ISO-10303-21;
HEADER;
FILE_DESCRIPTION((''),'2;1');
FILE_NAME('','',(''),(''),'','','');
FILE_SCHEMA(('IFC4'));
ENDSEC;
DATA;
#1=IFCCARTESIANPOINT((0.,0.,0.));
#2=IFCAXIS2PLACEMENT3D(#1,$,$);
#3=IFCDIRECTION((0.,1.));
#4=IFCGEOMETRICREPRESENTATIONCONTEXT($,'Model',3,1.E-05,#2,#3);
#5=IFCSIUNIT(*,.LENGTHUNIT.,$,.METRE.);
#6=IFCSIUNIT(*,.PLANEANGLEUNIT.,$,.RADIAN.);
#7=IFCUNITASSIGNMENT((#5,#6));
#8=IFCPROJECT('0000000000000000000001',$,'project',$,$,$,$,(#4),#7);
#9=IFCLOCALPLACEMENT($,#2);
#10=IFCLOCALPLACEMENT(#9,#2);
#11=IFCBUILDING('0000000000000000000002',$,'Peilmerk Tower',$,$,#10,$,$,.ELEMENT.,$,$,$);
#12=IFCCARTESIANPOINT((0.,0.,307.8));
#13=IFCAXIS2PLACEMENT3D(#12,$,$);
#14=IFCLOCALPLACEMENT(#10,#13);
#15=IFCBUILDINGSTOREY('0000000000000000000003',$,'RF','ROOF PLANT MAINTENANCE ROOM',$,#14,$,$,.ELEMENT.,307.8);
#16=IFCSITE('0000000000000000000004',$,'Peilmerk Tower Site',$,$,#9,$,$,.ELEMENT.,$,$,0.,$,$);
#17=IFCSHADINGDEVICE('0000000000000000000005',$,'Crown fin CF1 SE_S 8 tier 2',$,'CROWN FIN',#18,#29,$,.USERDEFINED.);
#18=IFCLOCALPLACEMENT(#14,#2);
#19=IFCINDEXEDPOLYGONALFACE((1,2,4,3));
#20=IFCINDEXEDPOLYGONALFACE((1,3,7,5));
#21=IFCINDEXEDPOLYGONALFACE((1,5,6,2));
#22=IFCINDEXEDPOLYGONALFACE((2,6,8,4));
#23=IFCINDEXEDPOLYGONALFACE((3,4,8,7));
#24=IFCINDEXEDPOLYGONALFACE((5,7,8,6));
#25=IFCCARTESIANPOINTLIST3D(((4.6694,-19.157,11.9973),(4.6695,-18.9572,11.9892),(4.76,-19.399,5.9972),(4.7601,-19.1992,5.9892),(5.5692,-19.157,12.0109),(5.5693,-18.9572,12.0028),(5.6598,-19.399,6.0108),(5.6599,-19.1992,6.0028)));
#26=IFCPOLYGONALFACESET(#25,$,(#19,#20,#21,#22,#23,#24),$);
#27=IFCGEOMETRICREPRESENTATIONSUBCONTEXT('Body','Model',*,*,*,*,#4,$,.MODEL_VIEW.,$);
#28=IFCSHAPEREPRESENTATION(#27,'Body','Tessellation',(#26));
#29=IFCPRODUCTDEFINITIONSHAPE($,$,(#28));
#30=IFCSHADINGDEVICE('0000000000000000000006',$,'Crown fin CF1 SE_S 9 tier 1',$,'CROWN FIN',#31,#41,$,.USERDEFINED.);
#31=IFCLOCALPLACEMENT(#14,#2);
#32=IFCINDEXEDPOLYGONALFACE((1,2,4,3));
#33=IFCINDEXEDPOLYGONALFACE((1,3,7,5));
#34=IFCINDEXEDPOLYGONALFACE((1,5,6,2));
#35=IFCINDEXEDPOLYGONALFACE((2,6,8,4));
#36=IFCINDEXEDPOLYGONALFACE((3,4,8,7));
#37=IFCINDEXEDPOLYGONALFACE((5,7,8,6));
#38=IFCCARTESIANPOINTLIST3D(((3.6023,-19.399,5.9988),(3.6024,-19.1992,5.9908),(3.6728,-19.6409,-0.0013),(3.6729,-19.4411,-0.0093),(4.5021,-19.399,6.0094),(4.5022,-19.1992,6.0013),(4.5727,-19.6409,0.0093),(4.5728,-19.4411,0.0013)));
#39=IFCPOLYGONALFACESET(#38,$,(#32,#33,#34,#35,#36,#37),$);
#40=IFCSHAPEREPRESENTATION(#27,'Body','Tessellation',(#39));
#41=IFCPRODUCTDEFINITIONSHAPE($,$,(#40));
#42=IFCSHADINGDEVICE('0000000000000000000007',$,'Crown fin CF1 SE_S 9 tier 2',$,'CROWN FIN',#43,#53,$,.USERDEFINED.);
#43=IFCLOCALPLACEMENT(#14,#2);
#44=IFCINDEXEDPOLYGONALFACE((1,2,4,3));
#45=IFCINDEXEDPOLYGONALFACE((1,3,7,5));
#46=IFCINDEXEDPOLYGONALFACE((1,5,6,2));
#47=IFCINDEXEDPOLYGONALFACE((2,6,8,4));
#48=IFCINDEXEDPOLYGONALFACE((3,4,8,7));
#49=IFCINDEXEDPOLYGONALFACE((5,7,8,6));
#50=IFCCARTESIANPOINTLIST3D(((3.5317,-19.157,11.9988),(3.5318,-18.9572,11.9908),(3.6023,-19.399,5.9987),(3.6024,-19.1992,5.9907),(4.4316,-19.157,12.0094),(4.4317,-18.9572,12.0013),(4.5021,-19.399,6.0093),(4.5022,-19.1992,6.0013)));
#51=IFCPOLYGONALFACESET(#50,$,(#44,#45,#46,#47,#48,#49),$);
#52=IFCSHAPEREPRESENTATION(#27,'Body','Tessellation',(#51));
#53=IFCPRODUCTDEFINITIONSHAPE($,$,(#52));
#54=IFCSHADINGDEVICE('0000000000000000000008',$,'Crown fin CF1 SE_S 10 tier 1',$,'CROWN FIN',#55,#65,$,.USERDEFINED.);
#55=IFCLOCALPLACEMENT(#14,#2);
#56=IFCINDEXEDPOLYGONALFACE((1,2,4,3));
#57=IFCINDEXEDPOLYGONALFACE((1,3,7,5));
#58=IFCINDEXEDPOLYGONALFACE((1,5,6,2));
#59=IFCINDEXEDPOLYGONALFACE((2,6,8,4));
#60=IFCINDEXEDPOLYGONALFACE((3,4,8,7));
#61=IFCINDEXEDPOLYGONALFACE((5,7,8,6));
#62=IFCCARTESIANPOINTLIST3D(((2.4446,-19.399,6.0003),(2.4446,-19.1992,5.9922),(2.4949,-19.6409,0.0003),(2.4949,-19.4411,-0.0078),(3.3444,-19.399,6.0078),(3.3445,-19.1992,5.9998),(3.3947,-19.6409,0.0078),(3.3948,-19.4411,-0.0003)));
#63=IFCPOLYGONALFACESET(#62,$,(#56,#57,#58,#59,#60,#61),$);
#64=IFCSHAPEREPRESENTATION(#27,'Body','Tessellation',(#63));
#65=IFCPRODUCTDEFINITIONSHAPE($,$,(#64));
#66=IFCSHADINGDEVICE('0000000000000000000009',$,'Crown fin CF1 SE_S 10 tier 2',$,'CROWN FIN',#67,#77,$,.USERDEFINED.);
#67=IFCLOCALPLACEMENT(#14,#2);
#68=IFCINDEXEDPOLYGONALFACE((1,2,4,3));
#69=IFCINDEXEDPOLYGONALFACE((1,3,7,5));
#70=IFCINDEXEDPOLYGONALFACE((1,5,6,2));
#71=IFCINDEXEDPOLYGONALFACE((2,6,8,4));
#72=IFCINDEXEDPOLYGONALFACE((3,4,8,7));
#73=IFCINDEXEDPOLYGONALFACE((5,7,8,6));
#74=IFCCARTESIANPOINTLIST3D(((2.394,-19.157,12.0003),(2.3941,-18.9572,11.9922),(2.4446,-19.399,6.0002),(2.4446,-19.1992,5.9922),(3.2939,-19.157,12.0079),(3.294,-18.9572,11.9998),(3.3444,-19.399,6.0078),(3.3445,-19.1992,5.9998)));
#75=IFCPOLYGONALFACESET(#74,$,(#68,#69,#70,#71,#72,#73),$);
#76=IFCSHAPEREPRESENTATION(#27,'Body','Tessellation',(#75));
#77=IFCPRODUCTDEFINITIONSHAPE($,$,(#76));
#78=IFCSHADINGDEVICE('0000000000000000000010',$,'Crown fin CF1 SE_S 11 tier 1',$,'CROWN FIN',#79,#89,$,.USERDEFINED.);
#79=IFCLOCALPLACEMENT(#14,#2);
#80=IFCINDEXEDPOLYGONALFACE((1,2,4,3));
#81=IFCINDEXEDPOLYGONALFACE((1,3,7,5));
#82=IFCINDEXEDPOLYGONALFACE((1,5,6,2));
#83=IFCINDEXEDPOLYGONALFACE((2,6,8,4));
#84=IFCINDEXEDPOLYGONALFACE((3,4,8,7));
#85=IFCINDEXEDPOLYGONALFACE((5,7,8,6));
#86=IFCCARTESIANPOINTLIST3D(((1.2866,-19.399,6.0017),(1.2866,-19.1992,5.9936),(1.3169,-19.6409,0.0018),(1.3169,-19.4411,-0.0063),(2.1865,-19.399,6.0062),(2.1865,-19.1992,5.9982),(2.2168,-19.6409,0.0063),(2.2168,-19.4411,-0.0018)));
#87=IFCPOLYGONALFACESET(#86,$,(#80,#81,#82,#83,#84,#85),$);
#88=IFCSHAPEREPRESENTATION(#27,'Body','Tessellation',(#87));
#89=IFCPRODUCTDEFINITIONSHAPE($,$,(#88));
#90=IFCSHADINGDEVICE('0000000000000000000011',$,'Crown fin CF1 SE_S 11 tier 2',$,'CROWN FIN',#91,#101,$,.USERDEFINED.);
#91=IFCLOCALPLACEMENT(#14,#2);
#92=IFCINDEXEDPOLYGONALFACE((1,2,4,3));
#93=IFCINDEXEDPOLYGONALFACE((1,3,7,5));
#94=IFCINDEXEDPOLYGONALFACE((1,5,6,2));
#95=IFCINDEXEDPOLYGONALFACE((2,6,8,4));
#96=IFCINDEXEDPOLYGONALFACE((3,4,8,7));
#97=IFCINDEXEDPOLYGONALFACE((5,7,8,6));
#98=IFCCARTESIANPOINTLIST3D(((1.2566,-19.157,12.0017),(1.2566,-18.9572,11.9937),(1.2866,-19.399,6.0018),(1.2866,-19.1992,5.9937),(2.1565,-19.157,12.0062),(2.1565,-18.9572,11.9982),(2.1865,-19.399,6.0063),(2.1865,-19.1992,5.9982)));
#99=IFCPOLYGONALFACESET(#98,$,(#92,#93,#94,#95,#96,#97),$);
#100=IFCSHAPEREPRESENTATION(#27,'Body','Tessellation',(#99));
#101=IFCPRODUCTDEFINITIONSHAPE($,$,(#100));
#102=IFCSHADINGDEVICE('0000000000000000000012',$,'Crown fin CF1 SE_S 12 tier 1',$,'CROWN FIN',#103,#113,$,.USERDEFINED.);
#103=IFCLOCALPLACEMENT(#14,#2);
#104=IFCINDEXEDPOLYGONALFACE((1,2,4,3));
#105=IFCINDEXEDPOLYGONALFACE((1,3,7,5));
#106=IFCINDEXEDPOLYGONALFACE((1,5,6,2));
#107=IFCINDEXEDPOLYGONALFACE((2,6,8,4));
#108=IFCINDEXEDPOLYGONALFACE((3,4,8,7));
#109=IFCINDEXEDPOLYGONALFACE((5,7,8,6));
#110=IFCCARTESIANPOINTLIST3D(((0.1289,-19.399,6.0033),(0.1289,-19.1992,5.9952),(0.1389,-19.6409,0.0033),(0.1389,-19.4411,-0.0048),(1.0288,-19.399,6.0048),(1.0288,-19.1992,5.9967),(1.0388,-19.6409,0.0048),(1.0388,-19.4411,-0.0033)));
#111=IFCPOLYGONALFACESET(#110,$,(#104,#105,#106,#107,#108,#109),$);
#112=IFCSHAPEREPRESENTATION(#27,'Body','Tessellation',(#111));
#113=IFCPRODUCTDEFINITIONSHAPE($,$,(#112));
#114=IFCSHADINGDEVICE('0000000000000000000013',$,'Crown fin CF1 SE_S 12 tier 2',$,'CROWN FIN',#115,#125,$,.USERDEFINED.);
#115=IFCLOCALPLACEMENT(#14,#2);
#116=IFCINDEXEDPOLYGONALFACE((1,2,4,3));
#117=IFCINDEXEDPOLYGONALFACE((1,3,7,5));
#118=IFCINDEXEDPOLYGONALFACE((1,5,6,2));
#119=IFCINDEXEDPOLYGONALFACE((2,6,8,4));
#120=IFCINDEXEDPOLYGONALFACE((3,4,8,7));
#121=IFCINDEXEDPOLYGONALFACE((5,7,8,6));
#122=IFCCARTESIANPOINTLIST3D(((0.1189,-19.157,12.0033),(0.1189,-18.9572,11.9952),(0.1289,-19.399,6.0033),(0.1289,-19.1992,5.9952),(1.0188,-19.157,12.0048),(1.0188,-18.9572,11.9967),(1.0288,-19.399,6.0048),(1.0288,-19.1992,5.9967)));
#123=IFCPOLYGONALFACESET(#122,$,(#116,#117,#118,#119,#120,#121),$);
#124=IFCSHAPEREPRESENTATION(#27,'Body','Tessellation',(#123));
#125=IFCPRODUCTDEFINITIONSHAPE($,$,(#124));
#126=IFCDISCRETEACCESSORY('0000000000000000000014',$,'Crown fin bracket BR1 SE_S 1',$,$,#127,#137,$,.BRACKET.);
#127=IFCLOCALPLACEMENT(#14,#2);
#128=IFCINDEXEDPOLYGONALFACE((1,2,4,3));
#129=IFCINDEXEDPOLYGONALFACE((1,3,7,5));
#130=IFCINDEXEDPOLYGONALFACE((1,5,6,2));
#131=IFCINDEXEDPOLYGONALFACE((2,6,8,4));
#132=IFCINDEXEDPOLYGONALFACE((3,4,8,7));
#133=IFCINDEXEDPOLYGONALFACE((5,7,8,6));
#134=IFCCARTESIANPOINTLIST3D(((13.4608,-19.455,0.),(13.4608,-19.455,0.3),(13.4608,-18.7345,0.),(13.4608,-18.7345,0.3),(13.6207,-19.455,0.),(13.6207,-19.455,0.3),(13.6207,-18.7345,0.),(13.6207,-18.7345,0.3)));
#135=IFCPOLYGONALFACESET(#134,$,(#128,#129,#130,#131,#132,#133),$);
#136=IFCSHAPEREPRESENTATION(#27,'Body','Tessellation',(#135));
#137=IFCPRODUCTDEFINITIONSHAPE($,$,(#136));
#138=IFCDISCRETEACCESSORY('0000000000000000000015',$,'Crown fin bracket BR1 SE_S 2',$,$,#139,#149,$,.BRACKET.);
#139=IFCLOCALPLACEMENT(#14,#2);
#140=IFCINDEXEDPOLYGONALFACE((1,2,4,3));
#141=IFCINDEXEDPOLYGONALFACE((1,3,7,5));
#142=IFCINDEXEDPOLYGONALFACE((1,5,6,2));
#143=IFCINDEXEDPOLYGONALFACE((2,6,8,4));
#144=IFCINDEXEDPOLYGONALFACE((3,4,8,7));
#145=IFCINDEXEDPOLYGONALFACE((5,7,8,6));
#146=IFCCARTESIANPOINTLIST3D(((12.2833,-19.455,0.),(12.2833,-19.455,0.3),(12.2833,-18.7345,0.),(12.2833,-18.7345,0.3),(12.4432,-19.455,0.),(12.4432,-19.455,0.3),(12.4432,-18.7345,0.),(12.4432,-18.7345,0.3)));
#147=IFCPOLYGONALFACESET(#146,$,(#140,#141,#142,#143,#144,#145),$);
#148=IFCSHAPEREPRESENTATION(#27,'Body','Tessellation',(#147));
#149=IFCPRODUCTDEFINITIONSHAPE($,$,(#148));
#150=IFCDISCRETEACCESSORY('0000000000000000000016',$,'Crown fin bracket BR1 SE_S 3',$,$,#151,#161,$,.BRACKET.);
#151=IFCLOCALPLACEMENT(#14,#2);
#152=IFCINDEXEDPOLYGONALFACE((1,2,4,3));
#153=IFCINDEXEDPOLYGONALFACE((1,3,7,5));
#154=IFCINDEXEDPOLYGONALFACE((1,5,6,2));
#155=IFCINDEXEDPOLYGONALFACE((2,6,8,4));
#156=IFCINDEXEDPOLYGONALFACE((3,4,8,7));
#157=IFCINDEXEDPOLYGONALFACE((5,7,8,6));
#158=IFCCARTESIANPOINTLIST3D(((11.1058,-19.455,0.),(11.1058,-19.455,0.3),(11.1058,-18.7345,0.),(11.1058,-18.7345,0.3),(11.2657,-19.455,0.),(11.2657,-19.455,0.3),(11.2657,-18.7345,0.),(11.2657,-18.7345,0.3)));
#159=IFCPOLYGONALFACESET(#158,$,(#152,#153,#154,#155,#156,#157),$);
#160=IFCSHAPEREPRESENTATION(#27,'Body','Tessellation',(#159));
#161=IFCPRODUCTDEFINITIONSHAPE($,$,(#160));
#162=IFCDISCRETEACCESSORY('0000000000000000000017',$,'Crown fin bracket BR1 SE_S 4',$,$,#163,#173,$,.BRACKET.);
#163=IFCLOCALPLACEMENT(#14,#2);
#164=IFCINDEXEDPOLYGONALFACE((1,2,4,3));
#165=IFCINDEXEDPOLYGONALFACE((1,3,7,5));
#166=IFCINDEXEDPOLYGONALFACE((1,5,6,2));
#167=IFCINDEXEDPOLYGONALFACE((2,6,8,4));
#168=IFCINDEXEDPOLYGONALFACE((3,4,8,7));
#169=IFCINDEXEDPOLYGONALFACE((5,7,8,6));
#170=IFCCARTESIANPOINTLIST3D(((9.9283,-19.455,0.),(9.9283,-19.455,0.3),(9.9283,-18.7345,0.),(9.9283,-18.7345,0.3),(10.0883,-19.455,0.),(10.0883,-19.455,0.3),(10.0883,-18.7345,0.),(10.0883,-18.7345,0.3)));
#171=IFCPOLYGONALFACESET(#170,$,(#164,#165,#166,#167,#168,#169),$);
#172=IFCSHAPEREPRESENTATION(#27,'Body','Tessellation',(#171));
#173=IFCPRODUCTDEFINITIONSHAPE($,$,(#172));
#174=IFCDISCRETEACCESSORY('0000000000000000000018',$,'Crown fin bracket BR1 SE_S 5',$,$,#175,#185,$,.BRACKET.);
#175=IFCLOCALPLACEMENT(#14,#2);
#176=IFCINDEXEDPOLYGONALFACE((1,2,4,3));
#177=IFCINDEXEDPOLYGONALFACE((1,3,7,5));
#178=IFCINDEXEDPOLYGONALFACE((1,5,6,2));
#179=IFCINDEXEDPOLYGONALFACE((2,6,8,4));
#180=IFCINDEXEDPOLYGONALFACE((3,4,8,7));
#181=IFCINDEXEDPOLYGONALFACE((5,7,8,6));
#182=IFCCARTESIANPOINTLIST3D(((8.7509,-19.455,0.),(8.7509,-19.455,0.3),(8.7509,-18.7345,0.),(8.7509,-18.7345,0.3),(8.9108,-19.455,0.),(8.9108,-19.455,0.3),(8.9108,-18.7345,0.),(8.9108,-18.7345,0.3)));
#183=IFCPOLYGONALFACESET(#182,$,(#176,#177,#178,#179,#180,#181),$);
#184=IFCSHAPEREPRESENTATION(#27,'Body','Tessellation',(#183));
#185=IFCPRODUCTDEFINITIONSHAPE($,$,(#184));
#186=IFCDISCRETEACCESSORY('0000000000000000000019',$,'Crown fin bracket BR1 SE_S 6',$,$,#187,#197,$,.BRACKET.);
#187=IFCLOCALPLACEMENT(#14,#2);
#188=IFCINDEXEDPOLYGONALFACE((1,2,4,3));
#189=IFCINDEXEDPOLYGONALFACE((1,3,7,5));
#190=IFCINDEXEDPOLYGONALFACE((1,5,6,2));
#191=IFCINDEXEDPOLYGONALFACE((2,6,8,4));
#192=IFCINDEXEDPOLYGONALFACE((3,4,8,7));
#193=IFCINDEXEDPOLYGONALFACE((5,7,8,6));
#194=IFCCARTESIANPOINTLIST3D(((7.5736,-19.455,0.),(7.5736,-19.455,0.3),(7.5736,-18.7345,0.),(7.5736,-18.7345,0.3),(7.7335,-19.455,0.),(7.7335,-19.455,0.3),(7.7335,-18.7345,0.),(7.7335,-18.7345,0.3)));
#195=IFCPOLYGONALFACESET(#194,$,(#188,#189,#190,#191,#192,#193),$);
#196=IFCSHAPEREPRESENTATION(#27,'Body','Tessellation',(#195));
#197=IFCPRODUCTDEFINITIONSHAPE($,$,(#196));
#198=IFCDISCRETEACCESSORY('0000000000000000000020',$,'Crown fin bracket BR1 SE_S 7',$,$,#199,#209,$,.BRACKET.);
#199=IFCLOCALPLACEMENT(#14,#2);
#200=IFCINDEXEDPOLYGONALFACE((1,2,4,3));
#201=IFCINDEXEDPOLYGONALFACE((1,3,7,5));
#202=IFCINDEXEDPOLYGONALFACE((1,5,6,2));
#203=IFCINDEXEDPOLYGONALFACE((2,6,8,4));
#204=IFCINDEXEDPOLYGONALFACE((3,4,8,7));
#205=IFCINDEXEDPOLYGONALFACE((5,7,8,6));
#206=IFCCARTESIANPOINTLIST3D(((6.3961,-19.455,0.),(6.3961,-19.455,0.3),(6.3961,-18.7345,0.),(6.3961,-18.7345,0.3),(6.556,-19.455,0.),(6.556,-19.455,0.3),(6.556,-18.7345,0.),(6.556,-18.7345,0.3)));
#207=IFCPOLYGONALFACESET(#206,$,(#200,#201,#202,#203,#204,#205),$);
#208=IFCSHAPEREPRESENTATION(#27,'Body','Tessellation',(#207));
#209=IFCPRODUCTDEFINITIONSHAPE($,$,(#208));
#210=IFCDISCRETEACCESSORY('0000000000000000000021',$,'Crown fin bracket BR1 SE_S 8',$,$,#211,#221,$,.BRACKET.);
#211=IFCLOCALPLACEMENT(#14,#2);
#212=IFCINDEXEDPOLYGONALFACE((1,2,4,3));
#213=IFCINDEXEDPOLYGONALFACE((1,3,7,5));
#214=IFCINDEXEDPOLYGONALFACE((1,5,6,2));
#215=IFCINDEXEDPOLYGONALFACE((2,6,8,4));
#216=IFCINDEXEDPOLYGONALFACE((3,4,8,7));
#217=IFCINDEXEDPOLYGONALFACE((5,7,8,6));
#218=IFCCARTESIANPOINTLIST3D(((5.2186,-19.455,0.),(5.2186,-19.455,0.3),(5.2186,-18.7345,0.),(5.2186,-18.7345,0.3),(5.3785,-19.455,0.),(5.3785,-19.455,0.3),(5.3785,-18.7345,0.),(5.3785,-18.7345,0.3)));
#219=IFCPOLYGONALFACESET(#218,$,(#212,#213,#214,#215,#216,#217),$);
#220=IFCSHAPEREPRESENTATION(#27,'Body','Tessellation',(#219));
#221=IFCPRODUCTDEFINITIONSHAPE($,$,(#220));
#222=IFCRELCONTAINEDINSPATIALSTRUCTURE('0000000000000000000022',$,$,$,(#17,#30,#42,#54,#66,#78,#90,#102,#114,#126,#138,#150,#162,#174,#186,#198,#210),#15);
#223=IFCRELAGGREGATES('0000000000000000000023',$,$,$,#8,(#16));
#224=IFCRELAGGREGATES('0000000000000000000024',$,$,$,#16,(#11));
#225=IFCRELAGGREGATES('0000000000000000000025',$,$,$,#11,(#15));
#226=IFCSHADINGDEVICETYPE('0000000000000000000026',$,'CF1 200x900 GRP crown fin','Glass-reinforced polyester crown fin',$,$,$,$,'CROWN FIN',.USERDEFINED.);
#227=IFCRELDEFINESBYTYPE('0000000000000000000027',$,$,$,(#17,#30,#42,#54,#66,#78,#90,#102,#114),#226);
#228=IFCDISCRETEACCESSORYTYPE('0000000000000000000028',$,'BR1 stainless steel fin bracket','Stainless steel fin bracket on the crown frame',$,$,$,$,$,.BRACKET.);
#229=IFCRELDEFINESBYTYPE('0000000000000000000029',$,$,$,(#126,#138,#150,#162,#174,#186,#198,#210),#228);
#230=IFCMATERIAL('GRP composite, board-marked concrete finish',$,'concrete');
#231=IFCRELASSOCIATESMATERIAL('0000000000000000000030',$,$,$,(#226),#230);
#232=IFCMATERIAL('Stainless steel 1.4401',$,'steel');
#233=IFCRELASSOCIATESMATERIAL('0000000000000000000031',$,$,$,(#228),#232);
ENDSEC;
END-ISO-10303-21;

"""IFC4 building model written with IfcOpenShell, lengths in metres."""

from ifc_helpers import new_model, si_unit, direction, frame, origin, origin_2d, place, context, subcontext, project, spatial, rectangle, extrude, source, transform, mapped, material, material_profile, profile_set, type_object, element, save


model = new_model("IFC4")

# Units and contexts
model_context = context("Model", 3, precision=1e-05, world=origin(), true_north=direction((0.0, 1.0)))
body_context = subcontext(model_context, "Body", "Model", "MODEL_VIEW")
ifc_project = project(units=[si_unit("LENGTHUNIT", "METRE"), si_unit("PLANEANGLEUNIT", "RADIAN")], contexts=[model_context])

# Site, building, storey
site_placement = place(None, origin())
site = spatial("IfcSite", under=ifc_project, at=site_placement, Name="Peilmerk Tower Site", CompositionType="ELEMENT", RefElevation=0.0)
building_placement = place(site_placement, origin())
building = spatial("IfcBuilding", under=site, at=building_placement, Name="Peilmerk Tower", CompositionType="ELEMENT")
storey_placement = place(building_placement, frame((0.0, 0.0, 307.8)))
storey = spatial("IfcBuildingStorey", under=building, at=storey_placement, Name="RF", Description="ROOF PLANT MAINTENANCE ROOM", CompositionType="ELEMENT", Elevation=307.8)

# Shading devices
ifc_material_1 = material(Name="GRP composite, board-marked concrete finish", Category="concrete")
ifc_material_profile = material_profile(ifc_material_1, rectangle(XDim=0.2, YDim=0.8999, at=origin_2d()), Name="CF1 200x900")
ifc_profile_set = profile_set([ifc_material_profile], Name="GRP composite, board-marked concrete finish")
shading_device_type = type_object("IfcShadingDeviceType", Name="CF1 200x900 GRP crown fin", Description="Glass-reinforced polyester crown fin", ElementType="CROWN FIN", PredefinedType="USERDEFINED", material=ifc_profile_set)
shared_shape_1 = source(origin(), body_context, "Body", "SweptSolid", [
    extrude(rectangle(XDim=0.2, YDim=0.8999, at=origin_2d()), origin(), (0.0, 0.0, 1.0), 6.0056),
])
for number, where, z_axis, x_axis, name in (
    (1, (5.21, -19.2991, 6.0), (-0.015082, 0.040287, 0.999074), (-0.000608, -0.999188, 0.040282), "Crown fin CF1 SE_S 8 tier 2"),
):
    element("IfcShadingDevice", number, at=place(storey_placement, frame(where, z_axis=z_axis, x_axis=x_axis)), inside=storey, type_object=shading_device_type, Name=name, ObjectType="CROWN FIN", PredefinedType="USERDEFINED", context=body_context, shape_type="MappedRepresentation", body=[
        mapped(shared_shape_1, transform((0.0, 0.0, 0.0), scale=1.0)),
    ])
shared_shape_2 = source(origin(), body_context, "Body", "SweptSolid", [
    extrude(rectangle(XDim=0.2, YDim=0.8999, at=origin_2d()), origin(), (0.0, 0.0, 1.0), 6.0054),
])
for number, where, z_axis, x_axis, name in (
    (2, (4.1228, -19.541, 0.0), (-0.011749, 0.040288, 0.999119), (-0.000474, -0.999188, 0.040286), "Crown fin CF1 SE_S 9 tier 1"),
    (3, (4.0522, -19.2991, 6.0), (-0.011749, 0.040288, 0.999119), (-0.000474, -0.999188, 0.040286), "Crown fin CF1 SE_S 9 tier 2"),
):
    element("IfcShadingDevice", number, at=place(storey_placement, frame(where, z_axis=z_axis, x_axis=x_axis)), inside=storey, type_object=shading_device_type, Name=name, ObjectType="CROWN FIN", PredefinedType="USERDEFINED", context=body_context, shape_type="MappedRepresentation", body=[
        mapped(shared_shape_2, transform((0.0, 0.0, 0.0), scale=1.0)),
    ])
shared_shape_3 = source(origin(), body_context, "Body", "SweptSolid", [
    extrude(rectangle(XDim=0.2, YDim=0.8999, at=origin_2d()), origin(), (0.0, 0.0, 1.0), 6.0051),
])
for number, where, z_axis, x_axis, name in (
    (4, (2.9448, -19.541, 0.0), (-0.008375, 0.04029, 0.999153), (-0.000338, -0.999188, 0.040288), "Crown fin CF1 SE_S 10 tier 1"),
    (5, (2.8945, -19.2991, 6.0), (-0.008416, 0.04029, 0.999153), (-0.000339, -0.999188, 0.040288), "Crown fin CF1 SE_S 10 tier 2"),
):
    element("IfcShadingDevice", number, at=place(storey_placement, frame(where, z_axis=z_axis, x_axis=x_axis)), inside=storey, type_object=shading_device_type, Name=name, ObjectType="CROWN FIN", PredefinedType="USERDEFINED", context=body_context, shape_type="MappedRepresentation", body=[
        mapped(shared_shape_3, transform((0.0, 0.0, 0.0), scale=1.0)),
    ])
shared_shape_4 = source(origin(), body_context, "Body", "SweptSolid", [
    extrude(rectangle(XDim=0.2, YDim=0.8999, at=origin_2d()), origin(), (0.0, 0.0, 1.0), 6.0049),
])
for number, where, z_axis, x_axis, name in (
    (6, (1.7668, -19.541, 0.0), (-0.005041, 0.040291, 0.999175), (-0.000203, -0.999188, 0.04029), "Crown fin CF1 SE_S 11 tier 1"),
    (7, (1.7366, -19.2991, 6.0), (-0.005001, 0.040291, 0.999175), (-0.000202, -0.999188, 0.04029), "Crown fin CF1 SE_S 11 tier 2"),
    (8, (0.5889, -19.541, 0.0), (-0.001667, 0.040291, 0.999187), (-0.000067, -0.999188, 0.040291), "Crown fin CF1 SE_S 12 tier 1"),
    (9, (0.5789, -19.2991, 6.0), (-0.001667, 0.040291, 0.999187), (-0.000067, -0.999188, 0.040291), "Crown fin CF1 SE_S 12 tier 2"),
):
    element("IfcShadingDevice", number, at=place(storey_placement, frame(where, z_axis=z_axis, x_axis=x_axis)), inside=storey, type_object=shading_device_type, Name=name, ObjectType="CROWN FIN", PredefinedType="USERDEFINED", context=body_context, shape_type="MappedRepresentation", body=[
        mapped(shared_shape_4, transform((0.0, 0.0, 0.0), scale=1.0)),
    ])

# Discrete accessories
ifc_material_2 = material(Name="Stainless steel 1.4401", Category="steel")
discrete_accessory_type = type_object("IfcDiscreteAccessoryType", Name="BR1 stainless steel fin bracket", Description="Stainless steel fin bracket on the crown frame", PredefinedType="BRACKET", material=ifc_material_2)
shared_shape_5 = source(origin(), body_context, "Body", "SweptSolid", [
    extrude(rectangle(XDim=0.7205, YDim=0.1599, at=origin_2d()), origin(), (0.0, 0.0, 1.0), 0.3),
])
for number, where, z_axis, x_axis, name in (
    (10, (13.5408, -19.0947, 0.0), (0.0, 0.0, 1.0), (0.0, -1.0, 0.0), "Crown fin bracket BR1 SE_S 1"),
    (11, (12.3633, -19.0947, 0.0), (0.0, 0.0, 1.0), (0.0, -1.0, 0.0), "Crown fin bracket BR1 SE_S 2"),
    (12, (11.1858, -19.0947, 0.0), (0.0, 0.0, 1.0), (0.0, -1.0, 0.0), "Crown fin bracket BR1 SE_S 3"),
    (13, (10.0083, -19.0947, 0.0), (0.0, 0.0, 1.0), (0.0, -1.0, 0.0), "Crown fin bracket BR1 SE_S 4"),
    (14, (8.8308, -19.0947, 0.0), (0.0, 0.0, 1.0), (0.0, -1.0, 0.0), "Crown fin bracket BR1 SE_S 5"),
    (15, (7.6536, -19.0947, 0.0), (0.0, 0.0, 1.0), (0.0, -1.0, 0.0), "Crown fin bracket BR1 SE_S 6"),
    (16, (6.4761, -19.0947, 0.0), (0.0, 0.0, 1.0), (0.0, -1.0, 0.0), "Crown fin bracket BR1 SE_S 7"),
    (17, (5.2986, -19.0947, 0.0), (0.0, 0.0, 1.0), (0.0, -1.0, 0.0), "Crown fin bracket BR1 SE_S 8"),
):
    element("IfcDiscreteAccessory", number, at=place(storey_placement, frame(where, z_axis=z_axis, x_axis=x_axis)), inside=storey, type_object=discrete_accessory_type, Name=name, PredefinedType="BRACKET", context=body_context, shape_type="MappedRepresentation", body=[
        mapped(shared_shape_5, transform((0.0, 0.0, 0.0), scale=1.0)),
    ])

save(model, "model.ifc")
